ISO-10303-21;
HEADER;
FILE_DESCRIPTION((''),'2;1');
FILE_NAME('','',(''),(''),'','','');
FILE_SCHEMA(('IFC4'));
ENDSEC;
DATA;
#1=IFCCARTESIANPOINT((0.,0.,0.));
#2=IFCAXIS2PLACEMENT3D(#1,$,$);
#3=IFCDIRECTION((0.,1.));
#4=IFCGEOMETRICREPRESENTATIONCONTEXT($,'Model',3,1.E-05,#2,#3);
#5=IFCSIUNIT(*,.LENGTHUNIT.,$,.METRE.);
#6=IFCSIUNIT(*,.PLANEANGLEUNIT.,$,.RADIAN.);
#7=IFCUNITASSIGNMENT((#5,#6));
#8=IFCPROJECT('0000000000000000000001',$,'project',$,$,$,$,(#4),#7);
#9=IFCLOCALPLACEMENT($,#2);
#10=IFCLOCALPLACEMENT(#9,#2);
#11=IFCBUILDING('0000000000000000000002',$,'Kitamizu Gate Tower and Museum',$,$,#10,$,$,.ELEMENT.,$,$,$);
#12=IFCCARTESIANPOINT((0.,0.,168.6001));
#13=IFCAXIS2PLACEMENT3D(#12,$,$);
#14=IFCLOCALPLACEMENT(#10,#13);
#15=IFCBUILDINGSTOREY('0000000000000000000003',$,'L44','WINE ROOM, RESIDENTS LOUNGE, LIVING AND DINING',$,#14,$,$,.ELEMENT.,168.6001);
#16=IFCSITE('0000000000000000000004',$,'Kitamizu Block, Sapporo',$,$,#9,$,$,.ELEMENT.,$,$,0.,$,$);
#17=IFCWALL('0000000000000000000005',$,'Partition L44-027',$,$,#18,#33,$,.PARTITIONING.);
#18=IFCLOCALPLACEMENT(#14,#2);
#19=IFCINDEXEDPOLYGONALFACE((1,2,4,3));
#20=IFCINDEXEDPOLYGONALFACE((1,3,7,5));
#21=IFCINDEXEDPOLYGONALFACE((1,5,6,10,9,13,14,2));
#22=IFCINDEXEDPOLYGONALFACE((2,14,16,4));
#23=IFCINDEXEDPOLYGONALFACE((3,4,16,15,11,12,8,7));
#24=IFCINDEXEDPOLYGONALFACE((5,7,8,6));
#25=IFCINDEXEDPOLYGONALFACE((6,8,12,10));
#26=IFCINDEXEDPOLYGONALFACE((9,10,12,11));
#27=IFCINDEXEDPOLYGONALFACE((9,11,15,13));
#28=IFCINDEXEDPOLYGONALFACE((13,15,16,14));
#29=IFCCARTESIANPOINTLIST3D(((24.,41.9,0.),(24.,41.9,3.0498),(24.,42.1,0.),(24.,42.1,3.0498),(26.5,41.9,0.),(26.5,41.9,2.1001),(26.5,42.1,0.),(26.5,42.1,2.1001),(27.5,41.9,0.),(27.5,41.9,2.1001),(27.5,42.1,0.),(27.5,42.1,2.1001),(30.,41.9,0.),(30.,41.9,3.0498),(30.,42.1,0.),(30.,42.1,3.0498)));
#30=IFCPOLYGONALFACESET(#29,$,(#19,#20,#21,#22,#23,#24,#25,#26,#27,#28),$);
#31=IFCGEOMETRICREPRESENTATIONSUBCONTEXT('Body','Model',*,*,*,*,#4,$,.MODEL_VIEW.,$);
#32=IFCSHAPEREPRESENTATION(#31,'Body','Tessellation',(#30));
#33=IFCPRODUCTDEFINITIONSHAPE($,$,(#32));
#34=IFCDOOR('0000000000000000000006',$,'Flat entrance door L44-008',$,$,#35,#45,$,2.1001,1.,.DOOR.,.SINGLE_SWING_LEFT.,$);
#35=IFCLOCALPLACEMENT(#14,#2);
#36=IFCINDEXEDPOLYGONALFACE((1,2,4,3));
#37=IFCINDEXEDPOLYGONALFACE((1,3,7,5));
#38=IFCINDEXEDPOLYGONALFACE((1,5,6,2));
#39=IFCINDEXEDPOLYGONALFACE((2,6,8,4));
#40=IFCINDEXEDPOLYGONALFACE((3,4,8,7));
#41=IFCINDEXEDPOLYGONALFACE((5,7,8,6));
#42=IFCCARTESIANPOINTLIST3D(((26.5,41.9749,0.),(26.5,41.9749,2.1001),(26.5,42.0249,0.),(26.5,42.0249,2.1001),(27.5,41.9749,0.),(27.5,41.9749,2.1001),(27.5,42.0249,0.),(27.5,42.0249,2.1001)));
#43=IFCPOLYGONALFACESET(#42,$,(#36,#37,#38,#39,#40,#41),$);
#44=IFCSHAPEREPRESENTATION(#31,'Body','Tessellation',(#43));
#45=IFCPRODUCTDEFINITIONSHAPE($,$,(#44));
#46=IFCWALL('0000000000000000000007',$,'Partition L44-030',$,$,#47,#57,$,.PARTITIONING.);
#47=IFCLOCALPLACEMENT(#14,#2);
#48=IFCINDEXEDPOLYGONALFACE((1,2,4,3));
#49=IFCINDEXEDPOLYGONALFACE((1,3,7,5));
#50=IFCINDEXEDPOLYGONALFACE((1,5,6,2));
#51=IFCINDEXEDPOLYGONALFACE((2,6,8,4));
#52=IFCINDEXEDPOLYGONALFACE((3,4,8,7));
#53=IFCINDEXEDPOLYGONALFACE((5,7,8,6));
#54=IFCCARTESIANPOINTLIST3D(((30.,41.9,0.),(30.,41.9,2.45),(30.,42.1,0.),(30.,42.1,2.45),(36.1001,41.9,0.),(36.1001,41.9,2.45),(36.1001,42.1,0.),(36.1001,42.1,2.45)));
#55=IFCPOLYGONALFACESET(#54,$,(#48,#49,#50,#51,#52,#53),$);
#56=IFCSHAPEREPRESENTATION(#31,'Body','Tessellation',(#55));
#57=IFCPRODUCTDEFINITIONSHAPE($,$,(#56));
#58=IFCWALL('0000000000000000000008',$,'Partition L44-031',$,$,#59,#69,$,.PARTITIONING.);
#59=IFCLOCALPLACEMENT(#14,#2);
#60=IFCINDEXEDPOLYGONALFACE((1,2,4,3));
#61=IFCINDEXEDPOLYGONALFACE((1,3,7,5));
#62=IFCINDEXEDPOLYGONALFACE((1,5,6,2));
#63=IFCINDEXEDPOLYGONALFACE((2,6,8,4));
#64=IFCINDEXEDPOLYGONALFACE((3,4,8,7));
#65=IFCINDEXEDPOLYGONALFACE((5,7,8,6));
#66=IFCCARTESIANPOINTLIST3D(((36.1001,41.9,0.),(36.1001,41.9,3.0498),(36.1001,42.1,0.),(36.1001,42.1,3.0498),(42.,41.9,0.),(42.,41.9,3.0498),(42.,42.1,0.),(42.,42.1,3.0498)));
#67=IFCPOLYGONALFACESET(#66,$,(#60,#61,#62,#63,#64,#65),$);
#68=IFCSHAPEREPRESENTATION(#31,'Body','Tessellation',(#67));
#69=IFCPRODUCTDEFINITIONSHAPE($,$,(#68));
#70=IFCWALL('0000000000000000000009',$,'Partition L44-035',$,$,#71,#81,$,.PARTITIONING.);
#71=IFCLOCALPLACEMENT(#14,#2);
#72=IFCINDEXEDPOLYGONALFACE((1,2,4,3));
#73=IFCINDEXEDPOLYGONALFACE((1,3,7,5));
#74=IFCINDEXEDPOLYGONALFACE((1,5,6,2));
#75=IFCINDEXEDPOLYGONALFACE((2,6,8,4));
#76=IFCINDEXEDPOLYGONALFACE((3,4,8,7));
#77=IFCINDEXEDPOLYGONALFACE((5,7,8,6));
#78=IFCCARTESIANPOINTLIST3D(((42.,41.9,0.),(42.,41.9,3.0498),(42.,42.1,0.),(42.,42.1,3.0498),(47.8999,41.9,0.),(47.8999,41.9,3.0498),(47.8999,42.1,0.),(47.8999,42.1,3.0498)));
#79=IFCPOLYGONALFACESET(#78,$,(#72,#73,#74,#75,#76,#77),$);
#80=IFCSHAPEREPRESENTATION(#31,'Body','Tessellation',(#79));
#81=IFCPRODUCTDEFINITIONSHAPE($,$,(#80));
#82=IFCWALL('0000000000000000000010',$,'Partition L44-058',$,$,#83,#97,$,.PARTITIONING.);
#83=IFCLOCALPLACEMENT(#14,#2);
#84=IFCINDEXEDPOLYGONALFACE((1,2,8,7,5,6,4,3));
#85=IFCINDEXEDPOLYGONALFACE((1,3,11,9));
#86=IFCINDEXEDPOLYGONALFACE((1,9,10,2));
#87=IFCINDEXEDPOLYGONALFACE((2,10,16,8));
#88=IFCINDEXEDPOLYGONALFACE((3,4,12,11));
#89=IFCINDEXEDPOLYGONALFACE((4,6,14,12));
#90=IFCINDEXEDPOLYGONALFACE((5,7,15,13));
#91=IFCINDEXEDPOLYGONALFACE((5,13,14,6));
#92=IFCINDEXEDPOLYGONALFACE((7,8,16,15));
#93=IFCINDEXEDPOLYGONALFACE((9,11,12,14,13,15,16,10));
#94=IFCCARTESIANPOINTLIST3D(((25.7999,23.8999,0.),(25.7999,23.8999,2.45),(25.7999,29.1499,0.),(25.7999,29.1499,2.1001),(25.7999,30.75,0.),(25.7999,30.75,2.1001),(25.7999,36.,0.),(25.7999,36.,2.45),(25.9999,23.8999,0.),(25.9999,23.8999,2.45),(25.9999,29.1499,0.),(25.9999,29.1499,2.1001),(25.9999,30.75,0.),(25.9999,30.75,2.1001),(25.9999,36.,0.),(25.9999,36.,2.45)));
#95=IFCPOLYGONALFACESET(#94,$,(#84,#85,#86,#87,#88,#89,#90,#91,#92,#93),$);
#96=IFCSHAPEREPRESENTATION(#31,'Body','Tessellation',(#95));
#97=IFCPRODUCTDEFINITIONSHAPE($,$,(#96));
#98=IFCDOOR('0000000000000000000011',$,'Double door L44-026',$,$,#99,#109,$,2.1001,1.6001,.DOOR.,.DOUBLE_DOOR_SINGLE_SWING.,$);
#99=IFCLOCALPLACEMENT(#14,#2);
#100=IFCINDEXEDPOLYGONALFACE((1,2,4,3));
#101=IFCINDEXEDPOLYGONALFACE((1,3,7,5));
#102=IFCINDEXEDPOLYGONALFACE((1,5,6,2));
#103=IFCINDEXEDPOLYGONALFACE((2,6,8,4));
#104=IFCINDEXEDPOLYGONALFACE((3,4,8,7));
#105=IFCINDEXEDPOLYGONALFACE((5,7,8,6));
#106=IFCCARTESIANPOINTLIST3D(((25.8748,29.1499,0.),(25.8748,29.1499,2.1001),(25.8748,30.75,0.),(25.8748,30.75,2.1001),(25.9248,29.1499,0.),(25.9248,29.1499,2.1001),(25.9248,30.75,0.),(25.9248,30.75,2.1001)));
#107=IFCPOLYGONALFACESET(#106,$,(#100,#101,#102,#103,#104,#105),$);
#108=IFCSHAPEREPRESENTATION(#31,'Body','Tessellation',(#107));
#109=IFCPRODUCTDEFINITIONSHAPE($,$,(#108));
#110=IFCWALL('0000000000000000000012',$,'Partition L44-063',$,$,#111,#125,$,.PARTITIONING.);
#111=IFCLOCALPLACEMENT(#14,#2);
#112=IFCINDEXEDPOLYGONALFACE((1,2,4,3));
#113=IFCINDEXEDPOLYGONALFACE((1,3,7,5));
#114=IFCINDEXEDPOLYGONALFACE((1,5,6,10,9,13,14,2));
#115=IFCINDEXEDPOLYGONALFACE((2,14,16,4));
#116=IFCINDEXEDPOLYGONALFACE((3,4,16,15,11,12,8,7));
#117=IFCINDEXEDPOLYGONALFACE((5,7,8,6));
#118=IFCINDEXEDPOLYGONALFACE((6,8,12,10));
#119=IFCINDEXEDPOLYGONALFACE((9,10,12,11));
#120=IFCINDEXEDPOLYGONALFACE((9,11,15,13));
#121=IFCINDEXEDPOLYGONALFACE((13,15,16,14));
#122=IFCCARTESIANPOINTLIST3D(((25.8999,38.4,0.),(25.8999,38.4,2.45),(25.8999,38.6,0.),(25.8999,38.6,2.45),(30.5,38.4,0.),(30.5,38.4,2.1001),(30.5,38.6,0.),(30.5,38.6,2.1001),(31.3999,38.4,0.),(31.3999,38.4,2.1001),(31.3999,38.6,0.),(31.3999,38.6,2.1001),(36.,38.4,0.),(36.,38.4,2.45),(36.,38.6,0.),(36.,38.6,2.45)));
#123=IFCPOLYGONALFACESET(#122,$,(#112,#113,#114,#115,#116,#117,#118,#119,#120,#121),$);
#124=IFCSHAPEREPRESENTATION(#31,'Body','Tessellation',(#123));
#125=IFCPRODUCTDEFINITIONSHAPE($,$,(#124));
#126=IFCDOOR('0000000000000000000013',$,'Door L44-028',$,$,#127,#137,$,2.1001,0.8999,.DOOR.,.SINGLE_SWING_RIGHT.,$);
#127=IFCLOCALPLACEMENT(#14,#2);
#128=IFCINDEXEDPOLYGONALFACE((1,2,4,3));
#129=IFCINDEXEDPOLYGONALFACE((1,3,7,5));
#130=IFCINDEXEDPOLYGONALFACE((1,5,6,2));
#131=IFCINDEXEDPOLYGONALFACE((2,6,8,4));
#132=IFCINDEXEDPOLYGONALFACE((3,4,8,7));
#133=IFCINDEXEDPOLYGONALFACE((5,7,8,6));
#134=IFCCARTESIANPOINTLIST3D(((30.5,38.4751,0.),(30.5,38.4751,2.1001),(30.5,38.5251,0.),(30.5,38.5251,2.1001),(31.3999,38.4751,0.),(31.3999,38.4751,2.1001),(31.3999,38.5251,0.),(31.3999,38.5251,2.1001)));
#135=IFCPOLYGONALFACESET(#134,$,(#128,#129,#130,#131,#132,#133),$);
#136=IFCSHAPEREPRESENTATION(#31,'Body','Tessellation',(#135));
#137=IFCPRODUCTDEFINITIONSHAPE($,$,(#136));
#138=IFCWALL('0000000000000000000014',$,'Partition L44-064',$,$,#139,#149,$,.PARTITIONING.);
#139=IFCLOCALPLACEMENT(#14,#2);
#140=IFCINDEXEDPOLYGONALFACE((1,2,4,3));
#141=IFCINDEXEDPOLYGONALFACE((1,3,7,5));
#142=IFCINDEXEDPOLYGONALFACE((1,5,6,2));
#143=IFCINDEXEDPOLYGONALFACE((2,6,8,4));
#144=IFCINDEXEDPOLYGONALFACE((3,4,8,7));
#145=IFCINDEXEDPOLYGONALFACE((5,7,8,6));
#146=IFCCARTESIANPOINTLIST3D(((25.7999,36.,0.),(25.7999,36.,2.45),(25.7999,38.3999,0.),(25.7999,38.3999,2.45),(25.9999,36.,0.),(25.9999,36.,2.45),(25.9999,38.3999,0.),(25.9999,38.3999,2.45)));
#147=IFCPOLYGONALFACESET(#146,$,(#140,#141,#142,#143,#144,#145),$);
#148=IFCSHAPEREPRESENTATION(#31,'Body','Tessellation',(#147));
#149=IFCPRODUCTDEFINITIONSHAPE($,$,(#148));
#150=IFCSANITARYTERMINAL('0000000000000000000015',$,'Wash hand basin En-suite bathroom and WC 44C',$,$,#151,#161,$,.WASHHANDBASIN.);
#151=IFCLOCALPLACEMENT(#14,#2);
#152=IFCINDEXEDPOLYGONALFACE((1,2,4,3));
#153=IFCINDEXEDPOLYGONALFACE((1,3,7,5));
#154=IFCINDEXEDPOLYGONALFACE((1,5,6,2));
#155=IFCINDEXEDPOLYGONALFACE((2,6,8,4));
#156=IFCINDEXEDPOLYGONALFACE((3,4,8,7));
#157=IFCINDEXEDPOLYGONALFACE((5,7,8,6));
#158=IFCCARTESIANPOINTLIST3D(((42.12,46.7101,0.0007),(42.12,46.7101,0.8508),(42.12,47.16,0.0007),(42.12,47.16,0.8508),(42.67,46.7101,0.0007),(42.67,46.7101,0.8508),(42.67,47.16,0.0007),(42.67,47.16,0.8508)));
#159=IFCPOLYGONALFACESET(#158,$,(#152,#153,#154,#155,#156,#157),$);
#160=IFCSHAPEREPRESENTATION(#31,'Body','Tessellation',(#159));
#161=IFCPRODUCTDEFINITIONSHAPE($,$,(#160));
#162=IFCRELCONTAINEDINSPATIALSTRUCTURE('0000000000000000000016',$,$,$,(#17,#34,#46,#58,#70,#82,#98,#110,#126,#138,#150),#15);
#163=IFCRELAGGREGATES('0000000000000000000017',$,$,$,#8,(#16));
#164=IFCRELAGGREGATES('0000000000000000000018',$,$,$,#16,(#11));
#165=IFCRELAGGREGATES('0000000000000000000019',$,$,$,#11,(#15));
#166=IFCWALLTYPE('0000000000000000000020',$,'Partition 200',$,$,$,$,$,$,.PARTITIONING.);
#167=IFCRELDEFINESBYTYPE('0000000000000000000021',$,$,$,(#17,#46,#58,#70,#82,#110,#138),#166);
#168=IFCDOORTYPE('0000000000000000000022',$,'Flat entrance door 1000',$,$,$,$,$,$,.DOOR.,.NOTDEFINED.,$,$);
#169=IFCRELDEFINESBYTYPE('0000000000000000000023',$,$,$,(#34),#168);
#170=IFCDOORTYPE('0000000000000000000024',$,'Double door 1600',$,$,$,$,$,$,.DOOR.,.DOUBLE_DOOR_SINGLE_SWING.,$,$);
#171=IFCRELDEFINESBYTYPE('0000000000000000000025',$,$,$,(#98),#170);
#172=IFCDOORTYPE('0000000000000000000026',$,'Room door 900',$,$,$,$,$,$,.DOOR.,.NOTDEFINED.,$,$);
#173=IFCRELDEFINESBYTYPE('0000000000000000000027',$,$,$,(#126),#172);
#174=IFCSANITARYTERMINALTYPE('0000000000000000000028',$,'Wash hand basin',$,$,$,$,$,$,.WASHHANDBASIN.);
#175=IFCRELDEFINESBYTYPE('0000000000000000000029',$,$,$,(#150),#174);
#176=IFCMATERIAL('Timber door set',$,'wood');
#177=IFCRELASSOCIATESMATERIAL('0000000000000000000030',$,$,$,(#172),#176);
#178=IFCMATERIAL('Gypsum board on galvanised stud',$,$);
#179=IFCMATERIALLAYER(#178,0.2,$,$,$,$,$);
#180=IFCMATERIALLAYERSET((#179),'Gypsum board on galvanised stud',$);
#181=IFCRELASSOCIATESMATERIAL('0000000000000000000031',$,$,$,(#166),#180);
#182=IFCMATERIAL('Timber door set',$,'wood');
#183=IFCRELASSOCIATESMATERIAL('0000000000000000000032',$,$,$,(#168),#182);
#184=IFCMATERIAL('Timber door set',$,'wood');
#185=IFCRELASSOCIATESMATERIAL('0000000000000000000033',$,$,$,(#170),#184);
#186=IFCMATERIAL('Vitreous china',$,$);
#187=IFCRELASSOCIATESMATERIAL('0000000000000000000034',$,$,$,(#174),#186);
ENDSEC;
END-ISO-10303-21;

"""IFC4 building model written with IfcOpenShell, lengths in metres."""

from ifc_helpers import new_model, si_unit, direction, frame, frame_2d, origin, origin_2d, place, context, subcontext, project, spatial, rectangle, extrude, material, layer, layer_set, type_object, element, fill, save


model = new_model("IFC4")

# Units and contexts
model_context = context("Model", 3, precision=1e-05, world=origin(), true_north=direction((0.0, 1.0)))
body_context = subcontext(model_context, "Body", "Model", "MODEL_VIEW")
ifc_project = project(units=[si_unit("LENGTHUNIT", "METRE"), si_unit("PLANEANGLEUNIT", "RADIAN")], contexts=[model_context])

# Site, building, storey
site_placement = place(None, origin())
site = spatial("IfcSite", under=ifc_project, at=site_placement, Name="Kitamizu Block, Sapporo", CompositionType="ELEMENT", RefElevation=0.0)
building_placement = place(site_placement, origin())
building = spatial("IfcBuilding", under=site, at=building_placement, Name="Kitamizu Gate Tower and Museum", CompositionType="ELEMENT")
storey_placement = place(building_placement, frame((0.0, 0.0, 168.6001)))
storey = spatial("IfcBuildingStorey", under=building, at=storey_placement, Name="L44", Description="WINE ROOM, RESIDENTS LOUNGE, LIVING AND DINING", CompositionType="ELEMENT", Elevation=168.6001)

# Shared definitions
ifc_material_1 = material(Name="Timber door set", Category="wood")
door_type_1 = type_object("IfcDoorType", Name="Room door 900", OperationType="NOTDEFINED", PredefinedType="DOOR", material=ifc_material_1)

# Wall, opening, door
ifc_material_2 = material(Name="Gypsum board on galvanised stud")
ifc_layer_1 = layer(ifc_material_2, 0.2)
ifc_layer_set_1 = layer_set([ifc_layer_1], Name="Gypsum board on galvanised stud")
wall_type_1 = type_object("IfcWallType", Name="Partition 200", PredefinedType="PARTITIONING", material=ifc_layer_set_1)
wall_1_placement = place(storey_placement, frame((24.0, 42.0, 0.0), z_axis=(0.0, 0.0, 1.0), x_axis=(1.0, 0.0, 0.0)))
wall_1 = element("IfcWall", 1, at=wall_1_placement, inside=storey, type_object=wall_type_1, Name="Partition L44-027", PredefinedType="PARTITIONING", context=body_context, shape_type="SweptSolid", body=[
    extrude(rectangle(XDim=6.0, YDim=0.2, at=frame_2d((3.0, 0.0))), origin(), (0.0, 0.0, 1.0), 3.0498),
])
opening_1_placement = place(wall_1_placement, frame((2.5, 0.0, 0.0)))
opening_1 = element("IfcOpeningElement", 2, at=opening_1_placement, cuts=wall_1, PredefinedType="OPENING", context=body_context, shape_type="SweptSolid", body=[
    extrude(rectangle(XDim=1.0, YDim=2.1001, at=frame_2d((0.5, 1.05))), frame((0.0, 0.1099, 0.0), z_axis=(0.0, -1.0, 0.0), x_axis=(1.0, 0.0, 0.0)), (0.0, 0.0, 1.0), 0.22),
])
ifc_material_3 = material(Name="Timber door set", Category="wood")
door_type_2 = type_object("IfcDoorType", Name="Flat entrance door 1000", OperationType="NOTDEFINED", PredefinedType="DOOR", material=ifc_material_3)
door_1_placement = place(opening_1_placement, origin())
door_1 = element("IfcDoor", 3, at=door_1_placement, inside=storey, type_object=door_type_2, Name="Flat entrance door L44-008", OperationType="SINGLE_SWING_LEFT", OverallHeight=2.1001, OverallWidth=1.0, PredefinedType="DOOR", context=body_context, shape_type="SweptSolid", body=[
    extrude(rectangle(XDim=1.0, YDim=2.1001, at=frame_2d((0.5, 1.05))), frame((0.0, 0.0249, 0.0), z_axis=(0.0, -1.0, 0.0), x_axis=(1.0, 0.0, 0.0)), (0.0, 0.0, 1.0), 0.05),
])
fill(opening_1, door_1)

# Walls
wall_2_placement = place(storey_placement, frame((30.0, 42.0, 0.0), z_axis=(0.0, 0.0, 1.0), x_axis=(1.0, 0.0, 0.0)))
element("IfcWall", 4, at=wall_2_placement, inside=storey, type_object=wall_type_1, Name="Partition L44-030", PredefinedType="PARTITIONING", context=body_context, shape_type="SweptSolid", body=[
    extrude(rectangle(XDim=6.1001, YDim=0.2, at=frame_2d((3.05, 0.0))), origin(), (0.0, 0.0, 1.0), 2.45),
])
for number, where, z_axis, x_axis, name in (
    (5, (36.1001, 42.0, 0.0), (0.0, 0.0, 1.0), (1.0, 0.0, 0.0), "Partition L44-031"),
    (6, (42.0, 42.0, 0.0), (0.0, 0.0, 1.0), (1.0, 0.0, 0.0), "Partition L44-035"),
):
    element("IfcWall", number, at=place(storey_placement, frame(where, z_axis=z_axis, x_axis=x_axis)), inside=storey, type_object=wall_type_1, Name=name, PredefinedType="PARTITIONING", context=body_context, shape_type="SweptSolid", body=[
        extrude(rectangle(XDim=5.8999, YDim=0.2, at=frame_2d((2.95, 0.0))), origin(), (0.0, 0.0, 1.0), 3.0498),
    ])

# Walls, openings, doors
wall_3_placement = place(storey_placement, frame((25.8999, 36.0, 0.0), z_axis=(0.0, 0.0, 1.0), x_axis=(0.0, -1.0, 0.0)))
wall_3 = element("IfcWall", 7, at=wall_3_placement, inside=storey, type_object=wall_type_1, Name="Partition L44-058", PredefinedType="PARTITIONING", context=body_context, shape_type="SweptSolid", body=[
    extrude(rectangle(XDim=12.1001, YDim=0.2, at=frame_2d((6.05, 0.0))), origin(), (0.0, 0.0, 1.0), 2.45),
])
opening_2_placement = place(wall_3_placement, frame((5.25, 0.0, 0.0)))
opening_2 = element("IfcOpeningElement", 8, at=opening_2_placement, cuts=wall_3, PredefinedType="OPENING", context=body_context, shape_type="SweptSolid", body=[
    extrude(rectangle(XDim=1.6001, YDim=2.1001, at=frame_2d((0.8, 1.05))), frame((0.0, 0.1099, 0.0), z_axis=(0.0, -1.0, 0.0), x_axis=(1.0, 0.0, 0.0)), (0.0, 0.0, 1.0), 0.22),
])
ifc_material_4 = material(Name="Timber door set", Category="wood")
door_type_3 = type_object("IfcDoorType", Name="Double door 1600", OperationType="DOUBLE_DOOR_SINGLE_SWING", PredefinedType="DOOR", material=ifc_material_4)
door_2_placement = place(opening_2_placement, origin())
door_2 = element("IfcDoor", 9, at=door_2_placement, inside=storey, type_object=door_type_3, Name="Double door L44-026", OperationType="DOUBLE_DOOR_SINGLE_SWING", OverallHeight=2.1001, OverallWidth=1.6001, PredefinedType="DOOR", context=body_context, shape_type="SweptSolid", body=[
    extrude(rectangle(XDim=1.6001, YDim=2.1001, at=frame_2d((0.8, 1.05))), frame((0.0, 0.0249, 0.0), z_axis=(0.0, -1.0, 0.0), x_axis=(1.0, 0.0, 0.0)), (0.0, 0.0, 1.0), 0.05),
])
fill(opening_2, door_2)
wall_4_placement = place(storey_placement, frame((36.0, 38.5, 0.0), z_axis=(0.0, 0.0, 1.0), x_axis=(-1.0, 0.0, 0.0)))
wall_4 = element("IfcWall", 10, at=wall_4_placement, inside=storey, type_object=wall_type_1, Name="Partition L44-063", PredefinedType="PARTITIONING", context=body_context, shape_type="SweptSolid", body=[
    extrude(rectangle(XDim=10.1001, YDim=0.2, at=frame_2d((5.05, 0.0))), origin(), (0.0, 0.0, 1.0), 2.45),
])
opening_3_placement = place(wall_4_placement, frame((4.6001, 0.0, 0.0)))
opening_3 = element("IfcOpeningElement", 11, at=opening_3_placement, cuts=wall_4, PredefinedType="OPENING", context=body_context, shape_type="SweptSolid", body=[
    extrude(rectangle(XDim=0.8999, YDim=2.1001, at=frame_2d((0.45, 1.05))), frame((0.0, 0.1099, 0.0), z_axis=(0.0, -1.0, 0.0), x_axis=(1.0, 0.0, 0.0)), (0.0, 0.0, 1.0), 0.22),
])
door_3_placement = place(opening_3_placement, origin())
door_3 = element("IfcDoor", 12, at=door_3_placement, inside=storey, type_object=door_type_1, Name="Door L44-028", OperationType="SINGLE_SWING_RIGHT", OverallHeight=2.1001, OverallWidth=0.8999, PredefinedType="DOOR", context=body_context, shape_type="SweptSolid", body=[
    extrude(rectangle(XDim=0.8999, YDim=2.1001, at=frame_2d((0.45, 1.05))), frame((0.0, 0.0249, 0.0), z_axis=(0.0, -1.0, 0.0), x_axis=(1.0, 0.0, 0.0)), (0.0, 0.0, 1.0), 0.05),
])
fill(opening_3, door_3)

# Wall
wall_5_placement = place(storey_placement, frame((25.8999, 38.3999, 0.0), z_axis=(0.0, 0.0, 1.0), x_axis=(0.0, -1.0, 0.0)))
element("IfcWall", 13, at=wall_5_placement, inside=storey, type_object=wall_type_1, Name="Partition L44-064", PredefinedType="PARTITIONING", context=body_context, shape_type="SweptSolid", body=[
    extrude(rectangle(XDim=2.3999, YDim=0.2, at=frame_2d((1.2, 0.0))), origin(), (0.0, 0.0, 1.0), 2.45),
])

# Sanitary terminal
ifc_material_5 = material(Name="Vitreous china")
sanitary_terminal_type = type_object("IfcSanitaryTerminalType", Name="Wash hand basin", PredefinedType="WASHHANDBASIN", material=ifc_material_5)
sanitary_terminal_placement = place(storey_placement, frame((42.395, 46.9351, 0.0007), z_axis=(0.0, 0.0, 1.0), x_axis=(1.0, 0.0, 0.0)))
element("IfcSanitaryTerminal", 14, at=sanitary_terminal_placement, inside=storey, type_object=sanitary_terminal_type, Name="Wash hand basin En-suite bathroom and WC 44C", PredefinedType="WASHHANDBASIN", context=body_context, shape_type="SweptSolid", body=[
    extrude(rectangle(XDim=0.55, YDim=0.45, at=origin_2d()), origin(), (0.0, 0.0, 1.0), 0.8501),
])

save(model, "model.ifc")
